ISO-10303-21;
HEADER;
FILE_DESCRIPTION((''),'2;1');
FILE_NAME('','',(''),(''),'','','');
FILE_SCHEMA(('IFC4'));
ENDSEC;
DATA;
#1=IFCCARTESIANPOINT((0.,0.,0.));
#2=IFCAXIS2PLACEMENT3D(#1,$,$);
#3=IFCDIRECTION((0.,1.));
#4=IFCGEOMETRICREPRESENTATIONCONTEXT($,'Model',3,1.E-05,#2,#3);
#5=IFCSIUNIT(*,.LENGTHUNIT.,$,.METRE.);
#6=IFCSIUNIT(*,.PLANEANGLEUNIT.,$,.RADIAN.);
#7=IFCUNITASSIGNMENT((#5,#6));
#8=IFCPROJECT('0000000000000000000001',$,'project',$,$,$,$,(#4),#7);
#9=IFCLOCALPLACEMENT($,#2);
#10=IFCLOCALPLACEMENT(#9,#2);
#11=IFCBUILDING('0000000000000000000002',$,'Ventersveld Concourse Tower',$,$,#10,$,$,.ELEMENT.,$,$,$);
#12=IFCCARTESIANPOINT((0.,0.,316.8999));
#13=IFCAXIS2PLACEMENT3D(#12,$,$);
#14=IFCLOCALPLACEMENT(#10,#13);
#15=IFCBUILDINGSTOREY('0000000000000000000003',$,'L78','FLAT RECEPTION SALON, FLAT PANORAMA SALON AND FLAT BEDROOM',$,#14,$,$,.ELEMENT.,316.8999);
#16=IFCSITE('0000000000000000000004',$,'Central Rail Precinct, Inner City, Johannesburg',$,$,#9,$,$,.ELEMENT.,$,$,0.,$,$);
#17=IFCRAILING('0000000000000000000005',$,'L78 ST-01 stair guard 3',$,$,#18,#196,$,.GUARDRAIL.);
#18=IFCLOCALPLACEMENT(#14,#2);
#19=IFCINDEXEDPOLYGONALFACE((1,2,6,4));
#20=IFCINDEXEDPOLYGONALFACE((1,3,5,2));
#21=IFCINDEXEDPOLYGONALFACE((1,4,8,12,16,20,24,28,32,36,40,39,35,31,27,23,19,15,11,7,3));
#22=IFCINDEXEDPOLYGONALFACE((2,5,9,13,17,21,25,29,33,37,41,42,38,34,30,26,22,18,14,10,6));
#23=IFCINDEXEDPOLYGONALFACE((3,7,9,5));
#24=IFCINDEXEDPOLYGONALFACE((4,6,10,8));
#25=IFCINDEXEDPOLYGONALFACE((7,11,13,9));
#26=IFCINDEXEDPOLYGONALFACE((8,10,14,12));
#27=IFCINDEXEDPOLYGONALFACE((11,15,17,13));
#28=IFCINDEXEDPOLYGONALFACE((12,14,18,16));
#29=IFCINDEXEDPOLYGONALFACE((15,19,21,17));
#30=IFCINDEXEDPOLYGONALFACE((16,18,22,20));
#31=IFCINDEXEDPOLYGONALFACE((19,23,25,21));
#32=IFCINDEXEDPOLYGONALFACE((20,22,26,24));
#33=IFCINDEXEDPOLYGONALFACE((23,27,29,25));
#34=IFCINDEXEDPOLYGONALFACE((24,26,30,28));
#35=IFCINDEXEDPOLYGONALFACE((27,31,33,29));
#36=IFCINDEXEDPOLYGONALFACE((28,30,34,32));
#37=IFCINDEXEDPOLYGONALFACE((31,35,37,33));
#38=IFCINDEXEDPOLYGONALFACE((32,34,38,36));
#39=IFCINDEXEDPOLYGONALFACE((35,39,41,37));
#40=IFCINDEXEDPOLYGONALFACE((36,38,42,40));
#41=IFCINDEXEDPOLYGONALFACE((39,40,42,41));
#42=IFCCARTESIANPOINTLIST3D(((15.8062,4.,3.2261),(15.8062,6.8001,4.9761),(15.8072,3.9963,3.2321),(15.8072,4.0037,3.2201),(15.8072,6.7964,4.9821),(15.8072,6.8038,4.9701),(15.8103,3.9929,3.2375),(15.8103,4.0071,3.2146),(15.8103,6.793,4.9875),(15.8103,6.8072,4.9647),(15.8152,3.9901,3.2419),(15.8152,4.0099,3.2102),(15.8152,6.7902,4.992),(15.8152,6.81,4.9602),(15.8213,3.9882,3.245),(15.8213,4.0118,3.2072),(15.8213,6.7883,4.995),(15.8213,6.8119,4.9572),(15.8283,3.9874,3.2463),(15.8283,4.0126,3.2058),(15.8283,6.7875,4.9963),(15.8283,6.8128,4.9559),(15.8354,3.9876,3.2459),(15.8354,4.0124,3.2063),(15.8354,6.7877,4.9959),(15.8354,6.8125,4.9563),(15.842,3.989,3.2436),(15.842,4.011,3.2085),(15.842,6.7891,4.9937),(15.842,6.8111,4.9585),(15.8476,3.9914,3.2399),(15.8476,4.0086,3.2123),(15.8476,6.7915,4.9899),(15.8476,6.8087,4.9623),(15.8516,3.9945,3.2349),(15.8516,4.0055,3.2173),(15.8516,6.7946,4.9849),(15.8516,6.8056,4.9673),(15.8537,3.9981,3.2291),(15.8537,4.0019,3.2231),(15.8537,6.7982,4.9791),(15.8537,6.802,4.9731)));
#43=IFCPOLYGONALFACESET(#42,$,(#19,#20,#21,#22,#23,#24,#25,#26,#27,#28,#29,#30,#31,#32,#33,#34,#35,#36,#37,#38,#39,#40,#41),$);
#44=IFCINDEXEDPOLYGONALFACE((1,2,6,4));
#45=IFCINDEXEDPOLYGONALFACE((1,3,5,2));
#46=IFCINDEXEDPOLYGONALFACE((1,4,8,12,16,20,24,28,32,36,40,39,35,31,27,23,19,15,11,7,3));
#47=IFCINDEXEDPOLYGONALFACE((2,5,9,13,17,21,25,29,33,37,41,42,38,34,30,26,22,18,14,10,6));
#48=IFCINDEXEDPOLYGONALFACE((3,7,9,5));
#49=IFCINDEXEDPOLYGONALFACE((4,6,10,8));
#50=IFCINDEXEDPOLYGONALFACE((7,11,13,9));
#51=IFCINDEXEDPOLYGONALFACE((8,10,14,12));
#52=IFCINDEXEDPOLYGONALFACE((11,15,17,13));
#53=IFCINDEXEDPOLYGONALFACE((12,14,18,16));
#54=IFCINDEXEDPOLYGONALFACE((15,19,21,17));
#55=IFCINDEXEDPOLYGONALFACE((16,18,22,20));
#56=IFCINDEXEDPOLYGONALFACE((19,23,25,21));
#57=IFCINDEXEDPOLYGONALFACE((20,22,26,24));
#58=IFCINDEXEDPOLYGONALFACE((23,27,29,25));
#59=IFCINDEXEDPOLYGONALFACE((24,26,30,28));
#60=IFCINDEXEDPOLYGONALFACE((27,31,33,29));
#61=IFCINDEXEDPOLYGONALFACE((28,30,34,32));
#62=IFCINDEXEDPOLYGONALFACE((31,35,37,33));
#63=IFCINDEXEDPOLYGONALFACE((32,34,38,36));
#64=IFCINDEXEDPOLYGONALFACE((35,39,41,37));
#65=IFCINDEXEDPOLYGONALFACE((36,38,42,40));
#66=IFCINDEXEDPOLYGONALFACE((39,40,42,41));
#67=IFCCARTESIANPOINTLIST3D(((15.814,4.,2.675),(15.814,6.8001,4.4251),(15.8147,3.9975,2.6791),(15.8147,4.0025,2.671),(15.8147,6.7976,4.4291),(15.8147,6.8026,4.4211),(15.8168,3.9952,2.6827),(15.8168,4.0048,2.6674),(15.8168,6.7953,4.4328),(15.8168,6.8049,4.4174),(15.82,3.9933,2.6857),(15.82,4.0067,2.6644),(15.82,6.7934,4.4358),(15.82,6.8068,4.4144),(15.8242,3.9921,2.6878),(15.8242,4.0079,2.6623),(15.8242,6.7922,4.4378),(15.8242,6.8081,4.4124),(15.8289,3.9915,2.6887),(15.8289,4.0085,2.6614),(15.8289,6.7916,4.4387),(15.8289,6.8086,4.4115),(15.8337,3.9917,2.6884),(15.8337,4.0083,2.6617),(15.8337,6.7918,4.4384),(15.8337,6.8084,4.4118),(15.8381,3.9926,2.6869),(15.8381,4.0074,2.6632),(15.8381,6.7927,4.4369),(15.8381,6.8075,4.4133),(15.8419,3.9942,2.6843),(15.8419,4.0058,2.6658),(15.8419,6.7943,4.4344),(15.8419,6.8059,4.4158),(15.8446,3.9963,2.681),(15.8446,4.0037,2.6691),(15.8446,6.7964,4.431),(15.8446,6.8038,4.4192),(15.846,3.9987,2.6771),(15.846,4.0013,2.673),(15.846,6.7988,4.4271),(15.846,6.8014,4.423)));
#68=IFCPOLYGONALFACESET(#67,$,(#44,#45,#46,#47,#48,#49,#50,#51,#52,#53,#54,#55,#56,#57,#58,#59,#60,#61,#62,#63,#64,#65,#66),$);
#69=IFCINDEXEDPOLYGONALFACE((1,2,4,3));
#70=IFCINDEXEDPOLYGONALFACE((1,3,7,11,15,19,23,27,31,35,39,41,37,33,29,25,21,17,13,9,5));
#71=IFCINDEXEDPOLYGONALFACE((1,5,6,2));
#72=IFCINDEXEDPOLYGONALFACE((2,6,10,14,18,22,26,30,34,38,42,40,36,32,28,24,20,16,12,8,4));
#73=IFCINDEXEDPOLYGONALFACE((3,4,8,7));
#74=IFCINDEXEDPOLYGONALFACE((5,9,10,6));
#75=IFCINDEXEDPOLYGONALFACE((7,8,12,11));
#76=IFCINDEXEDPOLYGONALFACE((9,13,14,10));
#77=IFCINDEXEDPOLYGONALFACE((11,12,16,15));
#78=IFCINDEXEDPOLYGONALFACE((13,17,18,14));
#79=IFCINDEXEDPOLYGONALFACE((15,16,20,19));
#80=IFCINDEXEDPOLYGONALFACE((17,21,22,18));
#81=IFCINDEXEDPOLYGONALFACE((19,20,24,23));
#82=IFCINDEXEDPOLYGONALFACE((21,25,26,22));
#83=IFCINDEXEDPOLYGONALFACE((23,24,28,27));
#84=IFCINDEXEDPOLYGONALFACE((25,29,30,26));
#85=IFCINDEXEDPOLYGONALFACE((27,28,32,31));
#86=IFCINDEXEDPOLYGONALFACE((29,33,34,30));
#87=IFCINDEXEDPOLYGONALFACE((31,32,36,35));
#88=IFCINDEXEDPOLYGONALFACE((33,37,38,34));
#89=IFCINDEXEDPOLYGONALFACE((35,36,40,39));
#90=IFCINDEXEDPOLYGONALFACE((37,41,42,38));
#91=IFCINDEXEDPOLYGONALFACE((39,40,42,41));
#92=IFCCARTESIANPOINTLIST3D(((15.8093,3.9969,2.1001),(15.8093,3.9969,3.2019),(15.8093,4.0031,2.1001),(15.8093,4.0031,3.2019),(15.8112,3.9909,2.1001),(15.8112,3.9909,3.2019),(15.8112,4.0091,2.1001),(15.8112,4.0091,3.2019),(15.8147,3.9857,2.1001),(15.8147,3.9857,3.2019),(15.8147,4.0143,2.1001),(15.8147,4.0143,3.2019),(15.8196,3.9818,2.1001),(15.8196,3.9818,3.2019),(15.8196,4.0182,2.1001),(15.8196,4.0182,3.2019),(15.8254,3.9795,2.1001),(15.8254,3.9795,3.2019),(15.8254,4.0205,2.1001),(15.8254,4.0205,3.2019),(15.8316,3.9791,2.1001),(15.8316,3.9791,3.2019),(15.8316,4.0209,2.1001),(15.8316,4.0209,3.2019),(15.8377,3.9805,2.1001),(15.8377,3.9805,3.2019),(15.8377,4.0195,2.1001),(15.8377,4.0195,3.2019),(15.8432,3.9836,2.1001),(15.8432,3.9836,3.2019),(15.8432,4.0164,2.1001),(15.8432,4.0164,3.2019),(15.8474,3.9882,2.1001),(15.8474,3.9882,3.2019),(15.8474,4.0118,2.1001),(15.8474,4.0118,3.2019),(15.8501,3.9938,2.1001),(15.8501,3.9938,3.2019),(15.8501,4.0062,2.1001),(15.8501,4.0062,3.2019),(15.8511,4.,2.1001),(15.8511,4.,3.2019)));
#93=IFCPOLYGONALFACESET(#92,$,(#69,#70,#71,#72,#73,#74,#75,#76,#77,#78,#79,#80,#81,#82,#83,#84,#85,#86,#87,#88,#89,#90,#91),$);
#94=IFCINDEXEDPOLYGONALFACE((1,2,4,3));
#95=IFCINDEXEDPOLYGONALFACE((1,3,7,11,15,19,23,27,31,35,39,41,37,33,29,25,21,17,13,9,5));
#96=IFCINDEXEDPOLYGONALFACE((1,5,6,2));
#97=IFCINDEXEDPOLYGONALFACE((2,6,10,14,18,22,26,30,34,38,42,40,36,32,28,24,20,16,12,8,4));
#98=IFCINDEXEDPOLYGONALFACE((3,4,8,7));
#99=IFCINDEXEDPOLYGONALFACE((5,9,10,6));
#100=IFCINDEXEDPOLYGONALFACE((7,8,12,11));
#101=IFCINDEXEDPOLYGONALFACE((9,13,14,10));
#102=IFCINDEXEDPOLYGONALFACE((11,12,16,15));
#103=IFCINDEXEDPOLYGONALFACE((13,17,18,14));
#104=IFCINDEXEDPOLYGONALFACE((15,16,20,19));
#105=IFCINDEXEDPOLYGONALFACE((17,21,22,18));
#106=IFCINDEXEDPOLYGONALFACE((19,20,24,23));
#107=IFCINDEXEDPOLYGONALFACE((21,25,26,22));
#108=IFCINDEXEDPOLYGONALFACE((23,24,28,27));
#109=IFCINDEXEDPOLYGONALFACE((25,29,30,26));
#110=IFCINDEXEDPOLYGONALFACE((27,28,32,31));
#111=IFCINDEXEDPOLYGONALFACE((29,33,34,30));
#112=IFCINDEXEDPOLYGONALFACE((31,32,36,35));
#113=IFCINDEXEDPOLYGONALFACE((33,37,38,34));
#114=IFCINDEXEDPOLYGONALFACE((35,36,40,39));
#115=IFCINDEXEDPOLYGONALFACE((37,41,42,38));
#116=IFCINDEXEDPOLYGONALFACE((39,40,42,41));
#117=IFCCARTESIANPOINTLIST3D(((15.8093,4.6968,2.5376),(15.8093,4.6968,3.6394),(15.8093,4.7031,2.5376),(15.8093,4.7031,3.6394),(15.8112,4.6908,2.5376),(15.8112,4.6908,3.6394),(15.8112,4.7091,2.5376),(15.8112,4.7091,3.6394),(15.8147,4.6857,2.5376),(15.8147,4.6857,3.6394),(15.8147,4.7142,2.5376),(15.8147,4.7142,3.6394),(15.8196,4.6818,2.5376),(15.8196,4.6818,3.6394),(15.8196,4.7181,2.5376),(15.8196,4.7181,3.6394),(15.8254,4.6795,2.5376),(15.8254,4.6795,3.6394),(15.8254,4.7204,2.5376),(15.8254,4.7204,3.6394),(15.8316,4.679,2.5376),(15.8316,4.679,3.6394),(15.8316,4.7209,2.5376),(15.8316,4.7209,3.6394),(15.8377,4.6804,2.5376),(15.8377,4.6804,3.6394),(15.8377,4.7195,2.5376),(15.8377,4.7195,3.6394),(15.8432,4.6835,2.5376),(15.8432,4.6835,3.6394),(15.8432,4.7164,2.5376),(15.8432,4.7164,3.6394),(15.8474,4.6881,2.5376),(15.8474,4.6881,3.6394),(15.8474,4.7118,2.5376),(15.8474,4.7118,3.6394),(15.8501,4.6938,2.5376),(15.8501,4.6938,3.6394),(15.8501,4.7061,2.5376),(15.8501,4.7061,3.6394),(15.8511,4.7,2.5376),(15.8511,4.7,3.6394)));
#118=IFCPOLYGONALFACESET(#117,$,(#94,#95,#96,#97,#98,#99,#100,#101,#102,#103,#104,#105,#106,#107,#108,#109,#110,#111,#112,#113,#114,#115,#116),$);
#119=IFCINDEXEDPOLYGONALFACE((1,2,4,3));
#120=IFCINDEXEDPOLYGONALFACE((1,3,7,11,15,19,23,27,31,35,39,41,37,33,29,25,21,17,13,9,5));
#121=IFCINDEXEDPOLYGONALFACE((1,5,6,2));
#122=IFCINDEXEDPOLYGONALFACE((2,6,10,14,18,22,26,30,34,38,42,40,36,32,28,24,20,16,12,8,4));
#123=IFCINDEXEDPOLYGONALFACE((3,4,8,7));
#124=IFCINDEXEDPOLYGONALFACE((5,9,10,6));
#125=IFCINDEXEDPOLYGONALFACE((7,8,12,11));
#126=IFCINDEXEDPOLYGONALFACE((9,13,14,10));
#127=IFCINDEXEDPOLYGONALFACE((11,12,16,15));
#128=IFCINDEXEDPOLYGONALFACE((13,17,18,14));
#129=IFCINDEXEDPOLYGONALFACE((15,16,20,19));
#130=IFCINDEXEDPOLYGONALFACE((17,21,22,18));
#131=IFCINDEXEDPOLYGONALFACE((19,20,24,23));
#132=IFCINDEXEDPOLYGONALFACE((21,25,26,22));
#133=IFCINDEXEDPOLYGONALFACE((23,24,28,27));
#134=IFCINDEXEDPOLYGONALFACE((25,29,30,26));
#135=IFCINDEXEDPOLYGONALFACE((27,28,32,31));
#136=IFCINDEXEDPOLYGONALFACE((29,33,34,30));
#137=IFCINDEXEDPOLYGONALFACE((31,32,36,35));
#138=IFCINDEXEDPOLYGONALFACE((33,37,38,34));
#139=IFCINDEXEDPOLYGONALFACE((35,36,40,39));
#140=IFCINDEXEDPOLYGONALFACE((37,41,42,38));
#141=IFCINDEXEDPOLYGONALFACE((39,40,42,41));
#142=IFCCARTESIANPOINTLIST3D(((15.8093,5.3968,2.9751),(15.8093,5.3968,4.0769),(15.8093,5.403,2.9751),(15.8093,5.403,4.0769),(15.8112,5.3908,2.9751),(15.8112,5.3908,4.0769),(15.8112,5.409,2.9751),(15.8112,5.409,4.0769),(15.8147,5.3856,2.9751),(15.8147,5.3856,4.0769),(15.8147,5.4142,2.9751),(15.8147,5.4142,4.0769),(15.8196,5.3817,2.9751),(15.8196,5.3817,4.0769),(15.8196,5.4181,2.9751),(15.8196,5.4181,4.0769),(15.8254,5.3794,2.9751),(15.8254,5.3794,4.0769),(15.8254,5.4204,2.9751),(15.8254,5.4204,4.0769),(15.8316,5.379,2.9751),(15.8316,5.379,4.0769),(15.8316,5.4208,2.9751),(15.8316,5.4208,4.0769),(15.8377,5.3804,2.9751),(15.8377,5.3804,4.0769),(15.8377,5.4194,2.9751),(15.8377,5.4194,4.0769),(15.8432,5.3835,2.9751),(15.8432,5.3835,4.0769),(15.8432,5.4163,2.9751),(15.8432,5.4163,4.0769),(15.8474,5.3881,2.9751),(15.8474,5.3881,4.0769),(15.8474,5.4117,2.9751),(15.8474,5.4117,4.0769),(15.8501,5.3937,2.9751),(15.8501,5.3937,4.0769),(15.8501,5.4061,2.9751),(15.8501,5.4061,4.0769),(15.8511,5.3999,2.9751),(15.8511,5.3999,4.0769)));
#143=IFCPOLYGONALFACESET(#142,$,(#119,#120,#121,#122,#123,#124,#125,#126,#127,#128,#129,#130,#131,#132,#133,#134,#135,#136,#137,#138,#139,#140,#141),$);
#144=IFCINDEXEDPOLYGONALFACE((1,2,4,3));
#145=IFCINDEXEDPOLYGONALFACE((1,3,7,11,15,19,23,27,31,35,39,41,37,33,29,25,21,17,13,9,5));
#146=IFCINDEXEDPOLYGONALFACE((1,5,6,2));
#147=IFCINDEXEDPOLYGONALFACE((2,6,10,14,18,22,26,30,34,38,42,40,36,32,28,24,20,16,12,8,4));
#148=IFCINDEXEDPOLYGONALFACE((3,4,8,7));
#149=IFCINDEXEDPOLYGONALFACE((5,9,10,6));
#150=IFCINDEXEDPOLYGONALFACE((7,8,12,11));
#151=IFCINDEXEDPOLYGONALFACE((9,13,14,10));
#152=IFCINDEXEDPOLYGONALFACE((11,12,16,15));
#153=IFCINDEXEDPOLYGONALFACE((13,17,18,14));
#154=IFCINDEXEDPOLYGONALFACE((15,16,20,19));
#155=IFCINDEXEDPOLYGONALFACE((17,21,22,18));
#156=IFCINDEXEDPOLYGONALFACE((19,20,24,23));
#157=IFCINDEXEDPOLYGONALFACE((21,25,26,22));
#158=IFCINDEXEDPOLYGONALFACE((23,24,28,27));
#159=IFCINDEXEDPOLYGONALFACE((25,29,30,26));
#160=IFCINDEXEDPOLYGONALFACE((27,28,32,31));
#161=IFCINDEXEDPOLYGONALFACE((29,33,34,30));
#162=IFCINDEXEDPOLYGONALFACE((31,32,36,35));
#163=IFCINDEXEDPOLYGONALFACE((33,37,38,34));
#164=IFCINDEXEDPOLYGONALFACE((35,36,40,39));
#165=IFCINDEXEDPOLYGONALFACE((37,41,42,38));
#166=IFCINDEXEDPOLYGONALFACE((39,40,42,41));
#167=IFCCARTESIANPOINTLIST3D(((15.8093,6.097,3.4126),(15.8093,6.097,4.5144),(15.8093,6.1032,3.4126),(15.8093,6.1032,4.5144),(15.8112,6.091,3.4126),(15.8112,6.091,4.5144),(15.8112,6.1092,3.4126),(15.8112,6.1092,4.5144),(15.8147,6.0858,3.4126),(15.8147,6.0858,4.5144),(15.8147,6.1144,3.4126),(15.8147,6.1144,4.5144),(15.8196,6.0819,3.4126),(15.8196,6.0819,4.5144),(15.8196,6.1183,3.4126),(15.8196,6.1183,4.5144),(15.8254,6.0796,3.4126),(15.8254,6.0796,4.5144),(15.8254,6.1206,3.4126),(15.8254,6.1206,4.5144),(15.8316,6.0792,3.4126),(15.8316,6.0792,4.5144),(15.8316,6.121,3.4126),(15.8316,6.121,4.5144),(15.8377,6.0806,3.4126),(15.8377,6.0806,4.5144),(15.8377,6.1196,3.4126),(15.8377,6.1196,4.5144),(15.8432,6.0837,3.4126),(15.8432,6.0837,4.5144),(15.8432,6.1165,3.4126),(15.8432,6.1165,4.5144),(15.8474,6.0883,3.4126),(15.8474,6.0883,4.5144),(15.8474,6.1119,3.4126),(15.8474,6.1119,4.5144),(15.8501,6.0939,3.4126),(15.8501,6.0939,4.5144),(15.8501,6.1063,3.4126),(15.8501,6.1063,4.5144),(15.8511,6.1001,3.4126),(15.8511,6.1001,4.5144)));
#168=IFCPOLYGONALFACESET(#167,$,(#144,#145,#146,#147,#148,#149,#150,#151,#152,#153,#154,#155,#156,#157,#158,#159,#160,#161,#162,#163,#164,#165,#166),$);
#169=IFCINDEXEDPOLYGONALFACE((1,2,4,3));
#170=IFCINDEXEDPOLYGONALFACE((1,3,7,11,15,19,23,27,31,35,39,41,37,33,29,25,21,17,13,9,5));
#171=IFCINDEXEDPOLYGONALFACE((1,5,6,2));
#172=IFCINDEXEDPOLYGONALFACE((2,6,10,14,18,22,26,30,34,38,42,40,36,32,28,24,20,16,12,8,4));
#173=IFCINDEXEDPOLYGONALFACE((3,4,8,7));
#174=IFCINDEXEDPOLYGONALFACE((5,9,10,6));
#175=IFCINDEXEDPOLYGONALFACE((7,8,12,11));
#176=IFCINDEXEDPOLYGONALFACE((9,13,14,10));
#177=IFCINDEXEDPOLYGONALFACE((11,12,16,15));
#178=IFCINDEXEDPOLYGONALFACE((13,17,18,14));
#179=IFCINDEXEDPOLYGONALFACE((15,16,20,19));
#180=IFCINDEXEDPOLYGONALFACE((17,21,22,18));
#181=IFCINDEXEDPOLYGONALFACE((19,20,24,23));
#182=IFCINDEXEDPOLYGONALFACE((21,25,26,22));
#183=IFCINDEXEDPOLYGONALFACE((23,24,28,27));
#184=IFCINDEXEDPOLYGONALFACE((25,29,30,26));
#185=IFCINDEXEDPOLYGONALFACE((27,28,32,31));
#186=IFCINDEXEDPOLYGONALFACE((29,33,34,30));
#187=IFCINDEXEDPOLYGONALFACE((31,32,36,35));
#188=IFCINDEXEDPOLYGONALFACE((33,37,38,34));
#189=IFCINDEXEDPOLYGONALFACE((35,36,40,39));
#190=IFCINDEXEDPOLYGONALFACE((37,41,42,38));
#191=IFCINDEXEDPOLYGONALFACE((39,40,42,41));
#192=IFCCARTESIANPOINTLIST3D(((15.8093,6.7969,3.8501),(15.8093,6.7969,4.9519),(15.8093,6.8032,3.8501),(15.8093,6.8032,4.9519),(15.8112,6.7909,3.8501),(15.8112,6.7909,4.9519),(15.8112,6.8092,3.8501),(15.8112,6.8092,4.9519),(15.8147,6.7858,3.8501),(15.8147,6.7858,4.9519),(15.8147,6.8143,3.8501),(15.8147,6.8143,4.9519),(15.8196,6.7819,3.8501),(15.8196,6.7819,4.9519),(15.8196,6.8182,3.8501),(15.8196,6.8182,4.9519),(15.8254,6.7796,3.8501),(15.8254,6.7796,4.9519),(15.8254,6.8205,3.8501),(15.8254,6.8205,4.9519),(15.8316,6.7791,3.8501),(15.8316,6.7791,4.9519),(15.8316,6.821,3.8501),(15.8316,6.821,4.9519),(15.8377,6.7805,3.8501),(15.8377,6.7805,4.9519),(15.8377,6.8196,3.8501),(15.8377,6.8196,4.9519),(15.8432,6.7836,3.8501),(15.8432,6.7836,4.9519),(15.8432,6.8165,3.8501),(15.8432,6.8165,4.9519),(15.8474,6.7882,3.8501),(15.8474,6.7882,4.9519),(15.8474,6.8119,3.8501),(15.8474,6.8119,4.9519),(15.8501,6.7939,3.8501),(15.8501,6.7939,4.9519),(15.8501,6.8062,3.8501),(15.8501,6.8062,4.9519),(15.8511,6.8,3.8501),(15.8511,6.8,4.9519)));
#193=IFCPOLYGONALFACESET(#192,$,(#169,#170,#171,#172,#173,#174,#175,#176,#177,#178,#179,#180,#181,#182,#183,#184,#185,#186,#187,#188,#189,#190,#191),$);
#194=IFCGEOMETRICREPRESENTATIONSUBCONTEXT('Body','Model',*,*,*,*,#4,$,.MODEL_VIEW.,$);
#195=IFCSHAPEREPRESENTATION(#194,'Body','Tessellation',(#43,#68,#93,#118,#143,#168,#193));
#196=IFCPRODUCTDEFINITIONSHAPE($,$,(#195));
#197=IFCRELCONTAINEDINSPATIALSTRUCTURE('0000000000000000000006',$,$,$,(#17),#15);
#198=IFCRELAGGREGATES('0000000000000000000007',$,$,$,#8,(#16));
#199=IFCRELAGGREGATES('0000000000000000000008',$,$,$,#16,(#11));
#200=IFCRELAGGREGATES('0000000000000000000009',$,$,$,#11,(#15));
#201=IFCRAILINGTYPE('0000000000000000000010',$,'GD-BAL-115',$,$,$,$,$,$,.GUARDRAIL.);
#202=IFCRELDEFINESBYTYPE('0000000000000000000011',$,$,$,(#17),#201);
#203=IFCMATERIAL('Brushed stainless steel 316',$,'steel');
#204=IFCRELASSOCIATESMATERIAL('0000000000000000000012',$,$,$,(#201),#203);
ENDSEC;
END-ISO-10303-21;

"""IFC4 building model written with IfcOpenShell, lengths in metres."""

from ifc_helpers import new_model, si_unit, direction, frame, origin, origin_2d, place, context, subcontext, project, spatial, circle, extrude, material, type_object, element, save


model = new_model("IFC4")

# Units and contexts
model_context = context("Model", 3, precision=1e-05, world=origin(), true_north=direction((0.0, 1.0)))
body_context = subcontext(model_context, "Body", "Model", "MODEL_VIEW")
ifc_project = project(units=[si_unit("LENGTHUNIT", "METRE"), si_unit("PLANEANGLEUNIT", "RADIAN")], contexts=[model_context])

# Site, building, storey
site_placement = place(None, origin())
site = spatial("IfcSite", under=ifc_project, at=site_placement, Name="Central Rail Precinct, Inner City, Johannesburg", CompositionType="ELEMENT", RefElevation=0.0)
building_placement = place(site_placement, origin())
building = spatial("IfcBuilding", under=site, at=building_placement, Name="Ventersveld Concourse Tower", CompositionType="ELEMENT")
storey_placement = place(building_placement, frame((0.0, 0.0, 316.8999)))
storey = spatial("IfcBuildingStorey", under=building, at=storey_placement, Name="L78", Description="FLAT RECEPTION SALON, FLAT PANORAMA SALON AND FLAT BEDROOM", CompositionType="ELEMENT", Elevation=316.8999)

# Railing
ifc_material_1 = material(Name="Brushed stainless steel 316", Category="steel")
railing_type_1 = type_object("IfcRailingType", Name="GD-BAL-115", PredefinedType="GUARDRAIL", material=ifc_material_1)
railing_1_placement = place(storey_placement, frame((15.8301, 4.0, 2.1001)))
element("IfcRailing", 1, at=railing_1_placement, inside=storey, type_object=railing_type_1, Name="L78 ST-01 stair guard 3", PredefinedType="GUARDRAIL", context=body_context, shape_type="SweptSolid", body=[
    extrude(circle(Radius=0.0239, at=origin_2d()), frame((0.0, 0.0, 1.126), z_axis=(0.0, 0.848002, 0.529992), x_axis=(-1.0, 0.0, 0.0)), (0.0, 0.0, 1.0), 3.302),
    extrude(circle(Radius=0.0161, at=origin_2d()), frame((0.0, 0.0, 0.575), z_axis=(0.0, 0.848002, 0.529992), x_axis=(-1.0, 0.0, 0.0)), (0.0, 0.0, 1.0), 3.302),
    extrude(circle(Radius=0.021, at=origin_2d()), origin(), (0.0, 0.0, 1.0), 1.1018),
    extrude(circle(Radius=0.021, at=origin_2d()), frame((0.0, 0.7, 0.4375)), (0.0, 0.0, 1.0), 1.1018),
    extrude(circle(Radius=0.021, at=origin_2d()), frame((0.0, 1.3999, 0.875)), (0.0, 0.0, 1.0), 1.1018),
    extrude(circle(Radius=0.021, at=origin_2d()), frame((0.0, 2.1001, 1.3125)), (0.0, 0.0, 1.0), 1.1018),
    extrude(circle(Radius=0.021, at=origin_2d()), frame((0.0, 2.8, 1.75)), (0.0, 0.0, 1.0), 1.1018),
])

save(model, "model.ifc")
